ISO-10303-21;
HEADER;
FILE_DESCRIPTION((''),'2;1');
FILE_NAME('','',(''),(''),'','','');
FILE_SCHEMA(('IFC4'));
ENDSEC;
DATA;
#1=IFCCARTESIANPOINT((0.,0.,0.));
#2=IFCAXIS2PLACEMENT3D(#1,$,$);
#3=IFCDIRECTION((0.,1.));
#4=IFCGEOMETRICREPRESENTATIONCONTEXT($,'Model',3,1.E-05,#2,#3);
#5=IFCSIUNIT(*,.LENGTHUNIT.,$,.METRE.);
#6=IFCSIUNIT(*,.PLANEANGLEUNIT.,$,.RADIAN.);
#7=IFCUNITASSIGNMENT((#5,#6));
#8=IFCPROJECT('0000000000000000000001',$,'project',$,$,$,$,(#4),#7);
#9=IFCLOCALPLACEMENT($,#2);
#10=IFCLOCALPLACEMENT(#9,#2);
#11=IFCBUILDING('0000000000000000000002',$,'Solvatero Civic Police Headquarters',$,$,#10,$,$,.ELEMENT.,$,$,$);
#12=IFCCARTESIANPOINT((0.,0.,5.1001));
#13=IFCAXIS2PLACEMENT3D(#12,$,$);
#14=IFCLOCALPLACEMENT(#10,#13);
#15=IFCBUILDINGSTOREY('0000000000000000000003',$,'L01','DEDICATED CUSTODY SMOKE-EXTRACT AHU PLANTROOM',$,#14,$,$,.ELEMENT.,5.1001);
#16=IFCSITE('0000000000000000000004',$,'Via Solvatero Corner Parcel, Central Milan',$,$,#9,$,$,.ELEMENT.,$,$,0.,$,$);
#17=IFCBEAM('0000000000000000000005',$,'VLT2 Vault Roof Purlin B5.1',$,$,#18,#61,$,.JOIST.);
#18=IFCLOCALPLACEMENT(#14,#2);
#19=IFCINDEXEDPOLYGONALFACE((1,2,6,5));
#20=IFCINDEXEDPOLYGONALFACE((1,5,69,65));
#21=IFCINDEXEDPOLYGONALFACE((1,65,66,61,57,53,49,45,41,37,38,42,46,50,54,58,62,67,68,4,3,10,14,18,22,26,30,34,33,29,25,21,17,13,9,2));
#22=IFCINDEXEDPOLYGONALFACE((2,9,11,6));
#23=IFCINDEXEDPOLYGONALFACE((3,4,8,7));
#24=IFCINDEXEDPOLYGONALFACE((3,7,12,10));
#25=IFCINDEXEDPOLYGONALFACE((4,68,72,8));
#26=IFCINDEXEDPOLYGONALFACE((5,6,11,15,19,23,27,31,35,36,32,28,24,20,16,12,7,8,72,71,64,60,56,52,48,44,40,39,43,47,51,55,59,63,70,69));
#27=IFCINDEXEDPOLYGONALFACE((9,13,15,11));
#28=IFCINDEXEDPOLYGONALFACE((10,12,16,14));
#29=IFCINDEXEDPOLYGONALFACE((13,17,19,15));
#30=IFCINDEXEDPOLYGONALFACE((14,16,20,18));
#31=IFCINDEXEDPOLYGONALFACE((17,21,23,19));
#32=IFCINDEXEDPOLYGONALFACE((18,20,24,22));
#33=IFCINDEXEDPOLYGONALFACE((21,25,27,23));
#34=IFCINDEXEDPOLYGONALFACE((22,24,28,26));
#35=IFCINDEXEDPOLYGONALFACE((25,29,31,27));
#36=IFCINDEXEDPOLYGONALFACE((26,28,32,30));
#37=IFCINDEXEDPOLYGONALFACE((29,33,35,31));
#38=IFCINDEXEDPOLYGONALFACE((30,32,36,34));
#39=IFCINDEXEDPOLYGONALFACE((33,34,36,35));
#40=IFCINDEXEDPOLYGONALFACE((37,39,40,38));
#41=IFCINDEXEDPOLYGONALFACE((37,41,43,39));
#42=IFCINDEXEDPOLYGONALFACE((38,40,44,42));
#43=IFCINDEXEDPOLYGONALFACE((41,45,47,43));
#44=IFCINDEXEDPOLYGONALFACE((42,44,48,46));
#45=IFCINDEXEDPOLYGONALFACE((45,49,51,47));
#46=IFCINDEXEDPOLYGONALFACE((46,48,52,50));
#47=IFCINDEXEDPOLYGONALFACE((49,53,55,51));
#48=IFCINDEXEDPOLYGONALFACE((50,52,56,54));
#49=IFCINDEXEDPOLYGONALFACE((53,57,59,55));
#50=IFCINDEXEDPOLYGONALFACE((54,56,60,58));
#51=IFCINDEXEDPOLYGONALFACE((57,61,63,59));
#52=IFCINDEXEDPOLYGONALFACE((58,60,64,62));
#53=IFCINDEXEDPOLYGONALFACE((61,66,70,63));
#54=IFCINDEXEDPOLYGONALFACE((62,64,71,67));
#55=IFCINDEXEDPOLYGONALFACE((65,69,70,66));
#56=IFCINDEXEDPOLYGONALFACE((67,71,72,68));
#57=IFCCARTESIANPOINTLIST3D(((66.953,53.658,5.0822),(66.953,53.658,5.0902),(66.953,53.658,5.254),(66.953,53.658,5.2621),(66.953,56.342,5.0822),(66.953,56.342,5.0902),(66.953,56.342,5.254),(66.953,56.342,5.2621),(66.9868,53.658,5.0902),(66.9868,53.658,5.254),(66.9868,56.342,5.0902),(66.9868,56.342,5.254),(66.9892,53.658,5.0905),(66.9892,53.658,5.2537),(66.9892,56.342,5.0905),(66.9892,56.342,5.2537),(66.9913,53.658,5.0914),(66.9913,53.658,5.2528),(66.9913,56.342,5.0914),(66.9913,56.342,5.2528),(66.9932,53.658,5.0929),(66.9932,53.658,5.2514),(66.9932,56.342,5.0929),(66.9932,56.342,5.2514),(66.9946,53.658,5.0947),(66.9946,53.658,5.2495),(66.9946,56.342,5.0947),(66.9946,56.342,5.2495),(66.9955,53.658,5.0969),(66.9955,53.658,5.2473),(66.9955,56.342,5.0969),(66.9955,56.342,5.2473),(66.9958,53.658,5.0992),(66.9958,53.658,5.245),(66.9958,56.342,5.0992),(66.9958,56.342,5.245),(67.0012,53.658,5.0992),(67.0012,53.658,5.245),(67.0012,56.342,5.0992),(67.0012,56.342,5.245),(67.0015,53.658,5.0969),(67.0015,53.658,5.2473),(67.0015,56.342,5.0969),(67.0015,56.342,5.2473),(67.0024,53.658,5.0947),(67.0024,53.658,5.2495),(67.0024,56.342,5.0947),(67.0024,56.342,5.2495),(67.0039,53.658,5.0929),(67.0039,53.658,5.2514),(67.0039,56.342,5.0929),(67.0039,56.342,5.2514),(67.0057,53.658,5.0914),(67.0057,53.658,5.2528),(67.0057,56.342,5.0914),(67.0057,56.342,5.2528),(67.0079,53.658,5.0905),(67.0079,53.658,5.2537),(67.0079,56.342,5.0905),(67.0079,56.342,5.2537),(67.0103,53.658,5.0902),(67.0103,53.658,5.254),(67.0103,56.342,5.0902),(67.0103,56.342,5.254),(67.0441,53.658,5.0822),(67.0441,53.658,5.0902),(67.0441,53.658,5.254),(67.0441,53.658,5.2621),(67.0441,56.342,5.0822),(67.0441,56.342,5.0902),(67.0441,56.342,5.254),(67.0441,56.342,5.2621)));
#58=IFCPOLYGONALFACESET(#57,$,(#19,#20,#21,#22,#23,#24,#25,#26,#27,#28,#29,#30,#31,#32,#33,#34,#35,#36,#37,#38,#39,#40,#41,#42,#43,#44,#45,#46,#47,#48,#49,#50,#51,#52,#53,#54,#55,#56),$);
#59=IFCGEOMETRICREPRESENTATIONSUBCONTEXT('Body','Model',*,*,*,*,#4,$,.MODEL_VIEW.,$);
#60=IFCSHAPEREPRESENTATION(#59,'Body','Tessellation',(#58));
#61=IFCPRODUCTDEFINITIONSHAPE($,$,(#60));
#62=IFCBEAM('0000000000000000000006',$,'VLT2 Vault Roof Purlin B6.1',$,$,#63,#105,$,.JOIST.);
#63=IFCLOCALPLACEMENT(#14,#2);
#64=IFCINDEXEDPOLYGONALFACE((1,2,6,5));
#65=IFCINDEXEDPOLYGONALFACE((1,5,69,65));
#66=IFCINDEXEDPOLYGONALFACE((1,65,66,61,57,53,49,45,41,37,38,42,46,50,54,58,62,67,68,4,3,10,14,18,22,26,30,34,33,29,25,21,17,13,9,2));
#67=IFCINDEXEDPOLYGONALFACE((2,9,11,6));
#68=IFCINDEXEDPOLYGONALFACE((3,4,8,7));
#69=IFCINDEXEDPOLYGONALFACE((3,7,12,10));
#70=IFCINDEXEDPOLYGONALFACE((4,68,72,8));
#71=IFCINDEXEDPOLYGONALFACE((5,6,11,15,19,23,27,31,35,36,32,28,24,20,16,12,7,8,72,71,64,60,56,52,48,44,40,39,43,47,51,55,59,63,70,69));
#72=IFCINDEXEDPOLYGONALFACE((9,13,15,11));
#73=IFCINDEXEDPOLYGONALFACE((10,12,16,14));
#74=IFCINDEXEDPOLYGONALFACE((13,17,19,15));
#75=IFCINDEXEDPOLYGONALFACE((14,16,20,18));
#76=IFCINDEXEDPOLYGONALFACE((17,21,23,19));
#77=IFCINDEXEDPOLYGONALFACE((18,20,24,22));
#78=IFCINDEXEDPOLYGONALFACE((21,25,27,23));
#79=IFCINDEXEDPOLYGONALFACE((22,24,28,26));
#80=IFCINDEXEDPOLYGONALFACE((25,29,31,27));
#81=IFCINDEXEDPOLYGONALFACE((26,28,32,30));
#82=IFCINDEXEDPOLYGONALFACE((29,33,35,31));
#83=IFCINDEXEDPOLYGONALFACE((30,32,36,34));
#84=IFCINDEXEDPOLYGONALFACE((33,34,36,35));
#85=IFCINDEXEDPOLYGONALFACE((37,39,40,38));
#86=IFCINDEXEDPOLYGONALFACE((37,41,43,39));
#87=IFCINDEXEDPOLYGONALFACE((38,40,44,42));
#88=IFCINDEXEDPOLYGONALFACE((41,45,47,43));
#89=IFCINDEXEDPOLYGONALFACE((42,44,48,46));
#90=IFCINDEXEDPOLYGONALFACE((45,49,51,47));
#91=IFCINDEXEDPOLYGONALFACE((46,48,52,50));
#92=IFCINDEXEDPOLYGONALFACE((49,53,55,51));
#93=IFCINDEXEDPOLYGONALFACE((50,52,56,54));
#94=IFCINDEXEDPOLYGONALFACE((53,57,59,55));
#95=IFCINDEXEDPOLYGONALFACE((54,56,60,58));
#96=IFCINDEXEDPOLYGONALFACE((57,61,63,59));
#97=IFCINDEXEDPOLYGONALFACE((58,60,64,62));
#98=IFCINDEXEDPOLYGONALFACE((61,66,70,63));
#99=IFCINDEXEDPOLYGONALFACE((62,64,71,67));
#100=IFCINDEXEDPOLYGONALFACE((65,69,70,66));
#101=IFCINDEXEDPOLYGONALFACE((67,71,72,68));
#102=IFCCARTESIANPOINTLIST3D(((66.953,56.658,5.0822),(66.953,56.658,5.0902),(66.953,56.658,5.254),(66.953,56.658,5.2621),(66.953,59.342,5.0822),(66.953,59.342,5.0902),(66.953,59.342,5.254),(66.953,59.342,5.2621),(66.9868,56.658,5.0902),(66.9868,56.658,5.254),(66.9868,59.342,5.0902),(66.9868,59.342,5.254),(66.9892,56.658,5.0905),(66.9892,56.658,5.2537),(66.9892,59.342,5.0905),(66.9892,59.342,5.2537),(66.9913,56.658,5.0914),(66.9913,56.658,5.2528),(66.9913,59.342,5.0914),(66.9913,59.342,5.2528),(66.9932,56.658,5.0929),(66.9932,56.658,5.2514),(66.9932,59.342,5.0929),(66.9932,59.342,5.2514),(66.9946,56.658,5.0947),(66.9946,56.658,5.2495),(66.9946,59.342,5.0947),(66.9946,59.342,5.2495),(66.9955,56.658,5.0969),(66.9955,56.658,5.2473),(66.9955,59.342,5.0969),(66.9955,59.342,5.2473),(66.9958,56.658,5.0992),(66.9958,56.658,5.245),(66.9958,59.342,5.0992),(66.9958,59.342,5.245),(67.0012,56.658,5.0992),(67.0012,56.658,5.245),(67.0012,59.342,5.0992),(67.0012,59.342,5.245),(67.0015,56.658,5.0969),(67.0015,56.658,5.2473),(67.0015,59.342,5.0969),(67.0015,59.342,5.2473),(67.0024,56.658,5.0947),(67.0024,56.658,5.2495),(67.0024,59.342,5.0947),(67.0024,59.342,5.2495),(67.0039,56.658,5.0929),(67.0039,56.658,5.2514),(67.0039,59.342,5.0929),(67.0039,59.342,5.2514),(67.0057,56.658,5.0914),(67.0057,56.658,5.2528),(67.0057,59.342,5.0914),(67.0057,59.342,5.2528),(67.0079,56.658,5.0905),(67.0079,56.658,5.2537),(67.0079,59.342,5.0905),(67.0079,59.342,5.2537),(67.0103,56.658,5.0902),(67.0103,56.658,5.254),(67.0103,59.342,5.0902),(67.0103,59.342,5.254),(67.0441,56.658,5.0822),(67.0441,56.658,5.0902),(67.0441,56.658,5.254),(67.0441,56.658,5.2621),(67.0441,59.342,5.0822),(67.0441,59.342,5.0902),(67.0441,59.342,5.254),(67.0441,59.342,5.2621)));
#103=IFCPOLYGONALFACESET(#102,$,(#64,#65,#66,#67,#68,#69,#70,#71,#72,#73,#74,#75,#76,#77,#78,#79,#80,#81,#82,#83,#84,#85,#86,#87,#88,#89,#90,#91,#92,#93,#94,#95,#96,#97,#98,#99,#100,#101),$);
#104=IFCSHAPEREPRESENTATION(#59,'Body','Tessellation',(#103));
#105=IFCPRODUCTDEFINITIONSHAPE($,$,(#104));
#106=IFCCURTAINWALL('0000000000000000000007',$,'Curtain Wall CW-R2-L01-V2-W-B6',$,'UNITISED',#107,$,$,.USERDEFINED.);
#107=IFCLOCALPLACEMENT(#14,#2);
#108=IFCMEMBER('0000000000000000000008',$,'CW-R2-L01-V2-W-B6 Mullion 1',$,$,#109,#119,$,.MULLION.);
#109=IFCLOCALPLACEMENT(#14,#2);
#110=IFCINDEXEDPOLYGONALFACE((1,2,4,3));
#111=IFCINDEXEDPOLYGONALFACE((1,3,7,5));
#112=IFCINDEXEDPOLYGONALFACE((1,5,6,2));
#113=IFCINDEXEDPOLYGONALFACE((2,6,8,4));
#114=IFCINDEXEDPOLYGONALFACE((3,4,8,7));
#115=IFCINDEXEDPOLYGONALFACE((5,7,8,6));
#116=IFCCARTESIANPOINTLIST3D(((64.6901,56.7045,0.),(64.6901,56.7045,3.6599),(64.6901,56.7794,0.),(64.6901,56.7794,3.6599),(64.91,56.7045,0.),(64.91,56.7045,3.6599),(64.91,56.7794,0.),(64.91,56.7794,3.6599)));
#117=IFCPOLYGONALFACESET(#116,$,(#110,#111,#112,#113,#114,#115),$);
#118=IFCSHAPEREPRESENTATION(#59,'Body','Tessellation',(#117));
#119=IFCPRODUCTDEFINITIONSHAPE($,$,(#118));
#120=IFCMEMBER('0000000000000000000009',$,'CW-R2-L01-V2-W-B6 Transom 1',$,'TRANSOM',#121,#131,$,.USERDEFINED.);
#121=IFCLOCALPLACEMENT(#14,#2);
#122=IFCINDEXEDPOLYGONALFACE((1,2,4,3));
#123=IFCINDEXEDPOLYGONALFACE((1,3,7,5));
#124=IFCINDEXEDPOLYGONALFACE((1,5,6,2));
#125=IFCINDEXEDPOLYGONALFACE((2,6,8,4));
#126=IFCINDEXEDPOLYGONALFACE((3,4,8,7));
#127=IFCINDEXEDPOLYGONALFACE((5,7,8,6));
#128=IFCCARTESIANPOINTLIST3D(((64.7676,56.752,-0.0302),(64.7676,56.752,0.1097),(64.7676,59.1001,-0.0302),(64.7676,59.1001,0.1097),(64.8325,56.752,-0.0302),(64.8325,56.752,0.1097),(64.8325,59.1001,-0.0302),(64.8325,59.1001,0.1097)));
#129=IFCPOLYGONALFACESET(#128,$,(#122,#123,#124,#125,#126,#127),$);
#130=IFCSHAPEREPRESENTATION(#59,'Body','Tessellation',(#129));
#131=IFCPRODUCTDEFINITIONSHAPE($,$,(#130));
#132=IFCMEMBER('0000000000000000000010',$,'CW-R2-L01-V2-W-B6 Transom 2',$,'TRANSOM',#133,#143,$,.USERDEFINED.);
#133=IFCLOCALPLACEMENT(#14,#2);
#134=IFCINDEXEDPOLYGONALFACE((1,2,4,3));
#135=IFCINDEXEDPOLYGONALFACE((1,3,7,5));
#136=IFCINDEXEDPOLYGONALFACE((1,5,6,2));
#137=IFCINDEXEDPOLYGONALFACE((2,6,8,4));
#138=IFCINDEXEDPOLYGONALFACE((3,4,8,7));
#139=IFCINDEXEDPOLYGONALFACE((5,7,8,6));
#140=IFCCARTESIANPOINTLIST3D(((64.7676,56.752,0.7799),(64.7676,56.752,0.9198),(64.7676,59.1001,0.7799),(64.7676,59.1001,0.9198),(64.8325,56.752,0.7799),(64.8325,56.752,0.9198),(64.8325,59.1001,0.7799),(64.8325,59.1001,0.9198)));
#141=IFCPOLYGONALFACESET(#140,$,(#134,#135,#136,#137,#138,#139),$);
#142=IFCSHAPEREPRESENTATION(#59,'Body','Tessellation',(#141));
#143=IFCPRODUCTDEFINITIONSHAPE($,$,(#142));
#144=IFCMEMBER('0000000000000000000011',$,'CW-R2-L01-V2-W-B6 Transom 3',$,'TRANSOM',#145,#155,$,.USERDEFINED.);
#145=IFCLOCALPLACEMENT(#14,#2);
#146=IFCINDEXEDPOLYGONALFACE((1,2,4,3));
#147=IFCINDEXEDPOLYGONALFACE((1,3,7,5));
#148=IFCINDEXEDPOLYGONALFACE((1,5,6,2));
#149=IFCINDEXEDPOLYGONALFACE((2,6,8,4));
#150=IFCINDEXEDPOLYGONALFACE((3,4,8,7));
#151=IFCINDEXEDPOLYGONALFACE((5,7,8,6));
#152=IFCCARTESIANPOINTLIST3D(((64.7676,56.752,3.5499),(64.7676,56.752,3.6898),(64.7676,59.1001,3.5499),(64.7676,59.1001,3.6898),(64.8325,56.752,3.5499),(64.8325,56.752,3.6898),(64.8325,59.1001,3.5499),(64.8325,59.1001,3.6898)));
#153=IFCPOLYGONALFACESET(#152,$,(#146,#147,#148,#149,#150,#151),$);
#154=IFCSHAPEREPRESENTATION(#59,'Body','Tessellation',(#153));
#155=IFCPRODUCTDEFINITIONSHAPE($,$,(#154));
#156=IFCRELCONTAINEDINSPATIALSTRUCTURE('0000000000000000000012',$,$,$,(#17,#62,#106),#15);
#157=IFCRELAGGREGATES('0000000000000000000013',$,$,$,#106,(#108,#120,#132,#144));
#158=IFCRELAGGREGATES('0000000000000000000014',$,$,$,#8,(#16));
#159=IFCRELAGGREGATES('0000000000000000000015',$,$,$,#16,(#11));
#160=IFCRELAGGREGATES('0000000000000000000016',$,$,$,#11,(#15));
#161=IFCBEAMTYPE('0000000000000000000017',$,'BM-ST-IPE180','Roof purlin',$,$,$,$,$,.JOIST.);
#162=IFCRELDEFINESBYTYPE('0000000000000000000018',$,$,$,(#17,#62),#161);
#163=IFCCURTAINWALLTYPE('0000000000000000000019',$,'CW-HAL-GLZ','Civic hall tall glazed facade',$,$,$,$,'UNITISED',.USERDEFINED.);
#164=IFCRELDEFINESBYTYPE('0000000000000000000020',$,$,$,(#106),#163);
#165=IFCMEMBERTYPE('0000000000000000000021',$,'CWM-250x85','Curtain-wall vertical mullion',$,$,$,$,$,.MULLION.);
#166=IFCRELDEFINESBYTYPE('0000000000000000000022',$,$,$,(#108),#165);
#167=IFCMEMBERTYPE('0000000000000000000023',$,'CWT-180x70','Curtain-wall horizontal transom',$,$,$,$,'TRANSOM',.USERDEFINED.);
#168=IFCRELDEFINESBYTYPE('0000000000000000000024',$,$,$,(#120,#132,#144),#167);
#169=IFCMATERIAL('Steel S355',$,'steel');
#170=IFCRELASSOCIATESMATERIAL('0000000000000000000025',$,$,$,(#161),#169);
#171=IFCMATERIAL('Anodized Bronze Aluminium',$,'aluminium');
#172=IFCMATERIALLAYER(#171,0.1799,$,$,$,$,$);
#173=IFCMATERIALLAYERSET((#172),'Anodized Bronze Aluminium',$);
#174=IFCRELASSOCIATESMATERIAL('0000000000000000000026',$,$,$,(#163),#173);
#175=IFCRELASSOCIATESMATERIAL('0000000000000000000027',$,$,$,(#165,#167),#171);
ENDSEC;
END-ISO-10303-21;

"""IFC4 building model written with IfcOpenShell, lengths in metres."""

from ifc_helpers import new_model, si_unit, direction, frame, origin, origin_2d, place, context, subcontext, project, spatial, rectangle, i_section, extrude, material, layer, layer_set, material_profile, profile_set, type_object, element, aggregate, save


model = new_model("IFC4")

# Units and contexts
model_context = context("Model", 3, precision=1e-05, world=origin(), true_north=direction((0.0, 1.0)))
body_context = subcontext(model_context, "Body", "Model", "MODEL_VIEW")
ifc_project = project(units=[si_unit("LENGTHUNIT", "METRE"), si_unit("PLANEANGLEUNIT", "RADIAN")], contexts=[model_context])

# Site, building, storey
site_placement = place(None, origin())
site = spatial("IfcSite", under=ifc_project, at=site_placement, Name="Via Solvatero Corner Parcel, Central Milan", CompositionType="ELEMENT", RefElevation=0.0)
building_placement = place(site_placement, origin())
building = spatial("IfcBuilding", under=site, at=building_placement, Name="Solvatero Civic Police Headquarters", CompositionType="ELEMENT")
storey_placement = place(building_placement, frame((0.0, 0.0, 5.1001)))
storey = spatial("IfcBuildingStorey", under=building, at=storey_placement, Name="L01", Description="DEDICATED CUSTODY SMOKE-EXTRACT AHU PLANTROOM", CompositionType="ELEMENT", Elevation=5.1001)

# Beams
ifc_material_1 = material(Name="Steel S355", Category="steel")
ifc_material_profile_1 = material_profile(ifc_material_1, i_section(OverallWidth=0.0911, OverallDepth=0.1799, WebThickness=0.0054, FlangeThickness=0.0081, FilletRadius=0.009, at=origin_2d()), Name="IPE 180")
ifc_profile_set_1 = profile_set([ifc_material_profile_1], Name="Steel S355")
beam_type_1 = type_object("IfcBeamType", Name="BM-ST-IPE180", Description="Roof purlin", PredefinedType="JOIST", material=ifc_profile_set_1)
for number, where, z_axis, x_axis, name in (
    (1, (66.9985, 53.658, 5.1721), (0.0, 1.0, 0.0), (-1.0, 0.0, 0.0), "VLT2 Vault Roof Purlin B5.1"),
    (2, (66.9985, 56.658, 5.1721), (0.0, 1.0, 0.0), (-1.0, 0.0, 0.0), "VLT2 Vault Roof Purlin B6.1"),
):
    element("IfcBeam", number, at=place(storey_placement, frame(where, z_axis=z_axis, x_axis=x_axis)), inside=storey, type_object=beam_type_1, Name=name, PredefinedType="JOIST", context=body_context, shape_type="SweptSolid", body=[
        extrude(i_section(OverallWidth=0.0911, OverallDepth=0.1799, WebThickness=0.0054, FlangeThickness=0.0081, FilletRadius=0.009, at=origin_2d()), origin(), (0.0, 0.0, 1.0), 2.6841),
    ])

# Curtain wall, members
ifc_material_2 = material(Name="Anodized Bronze Aluminium", Category="aluminium")
ifc_layer_1 = layer(ifc_material_2, 0.1799)
ifc_layer_set_1 = layer_set([ifc_layer_1], Name="Anodized Bronze Aluminium")
curtain_wall_type = type_object("IfcCurtainWallType", Name="CW-HAL-GLZ", Description="Civic hall tall glazed facade", ElementType="UNITISED", PredefinedType="USERDEFINED", material=ifc_layer_set_1)
curtain_wall_placement = place(storey_placement, origin())
curtain_wall = element("IfcCurtainWall", 3, at=curtain_wall_placement, inside=storey, type_object=curtain_wall_type, Name="Curtain Wall CW-R2-L01-V2-W-B6", ObjectType="UNITISED", PredefinedType="USERDEFINED")
ifc_material_profile_2 = material_profile(ifc_material_2, rectangle(XDim=0.075, YDim=0.22, at=origin_2d()), Name="ALU MULLION 75x220")
ifc_profile_set_2 = profile_set([ifc_material_profile_2], Name="Anodized Bronze Aluminium")
member_type_1 = type_object("IfcMemberType", Name="CWM-250x85", Description="Curtain-wall vertical mullion", PredefinedType="MULLION", material=ifc_profile_set_2)
member_1_placement = place(storey_placement, frame((64.8, 56.7419, 0.0), z_axis=(0.0, 0.0, 1.0), x_axis=(0.0, 1.0, 0.0)))
member_1 = element("IfcMember", 4, at=member_1_placement, type_object=member_type_1, Name="CW-R2-L01-V2-W-B6 Mullion 1", PredefinedType="MULLION", context=body_context, shape_type="SweptSolid", body=[
    extrude(rectangle(XDim=0.075, YDim=0.22, at=origin_2d()), origin(), (0.0, 0.0, 1.0), 3.6599),
])
ifc_material_profile_3 = material_profile(ifc_material_2, rectangle(XDim=0.0649, YDim=0.1399, at=origin_2d()), Name="ALU TRANSOM 65x140")
ifc_profile_set_3 = profile_set([ifc_material_profile_3], Name="Anodized Bronze Aluminium")
member_type_2 = type_object("IfcMemberType", Name="CWT-180x70", Description="Curtain-wall horizontal transom", ElementType="TRANSOM", PredefinedType="USERDEFINED", material=ifc_profile_set_3)
member_2_placement = place(storey_placement, frame((64.8, 56.752, 0.0398), z_axis=(0.0, 1.0, 0.0), x_axis=(-1.0, 0.0, 0.0)))
member_2 = element("IfcMember", 5, at=member_2_placement, type_object=member_type_2, Name="CW-R2-L01-V2-W-B6 Transom 1", ObjectType="TRANSOM", PredefinedType="USERDEFINED", context=body_context, shape_type="SweptSolid", body=[
    extrude(rectangle(XDim=0.0649, YDim=0.1399, at=origin_2d()), origin(), (0.0, 0.0, 1.0), 2.3481),
])
member_3_placement = place(storey_placement, frame((64.8, 56.752, 0.8499), z_axis=(0.0, 1.0, 0.0), x_axis=(-1.0, 0.0, 0.0)))
member_3 = element("IfcMember", 6, at=member_3_placement, type_object=member_type_2, Name="CW-R2-L01-V2-W-B6 Transom 2", ObjectType="TRANSOM", PredefinedType="USERDEFINED", context=body_context, shape_type="SweptSolid", body=[
    extrude(rectangle(XDim=0.0649, YDim=0.1399, at=origin_2d()), origin(), (0.0, 0.0, 1.0), 2.3481),
])
member_4_placement = place(storey_placement, frame((64.8, 56.752, 3.6199), z_axis=(0.0, 1.0, 0.0), x_axis=(-1.0, 0.0, 0.0)))
member_4 = element("IfcMember", 7, at=member_4_placement, type_object=member_type_2, Name="CW-R2-L01-V2-W-B6 Transom 3", ObjectType="TRANSOM", PredefinedType="USERDEFINED", context=body_context, shape_type="SweptSolid", body=[
    extrude(rectangle(XDim=0.0649, YDim=0.1399, at=origin_2d()), origin(), (0.0, 0.0, 1.0), 2.3481),
])

aggregate(curtain_wall, [member_1, member_2, member_3, member_4])

save(model, "model.ifc")
